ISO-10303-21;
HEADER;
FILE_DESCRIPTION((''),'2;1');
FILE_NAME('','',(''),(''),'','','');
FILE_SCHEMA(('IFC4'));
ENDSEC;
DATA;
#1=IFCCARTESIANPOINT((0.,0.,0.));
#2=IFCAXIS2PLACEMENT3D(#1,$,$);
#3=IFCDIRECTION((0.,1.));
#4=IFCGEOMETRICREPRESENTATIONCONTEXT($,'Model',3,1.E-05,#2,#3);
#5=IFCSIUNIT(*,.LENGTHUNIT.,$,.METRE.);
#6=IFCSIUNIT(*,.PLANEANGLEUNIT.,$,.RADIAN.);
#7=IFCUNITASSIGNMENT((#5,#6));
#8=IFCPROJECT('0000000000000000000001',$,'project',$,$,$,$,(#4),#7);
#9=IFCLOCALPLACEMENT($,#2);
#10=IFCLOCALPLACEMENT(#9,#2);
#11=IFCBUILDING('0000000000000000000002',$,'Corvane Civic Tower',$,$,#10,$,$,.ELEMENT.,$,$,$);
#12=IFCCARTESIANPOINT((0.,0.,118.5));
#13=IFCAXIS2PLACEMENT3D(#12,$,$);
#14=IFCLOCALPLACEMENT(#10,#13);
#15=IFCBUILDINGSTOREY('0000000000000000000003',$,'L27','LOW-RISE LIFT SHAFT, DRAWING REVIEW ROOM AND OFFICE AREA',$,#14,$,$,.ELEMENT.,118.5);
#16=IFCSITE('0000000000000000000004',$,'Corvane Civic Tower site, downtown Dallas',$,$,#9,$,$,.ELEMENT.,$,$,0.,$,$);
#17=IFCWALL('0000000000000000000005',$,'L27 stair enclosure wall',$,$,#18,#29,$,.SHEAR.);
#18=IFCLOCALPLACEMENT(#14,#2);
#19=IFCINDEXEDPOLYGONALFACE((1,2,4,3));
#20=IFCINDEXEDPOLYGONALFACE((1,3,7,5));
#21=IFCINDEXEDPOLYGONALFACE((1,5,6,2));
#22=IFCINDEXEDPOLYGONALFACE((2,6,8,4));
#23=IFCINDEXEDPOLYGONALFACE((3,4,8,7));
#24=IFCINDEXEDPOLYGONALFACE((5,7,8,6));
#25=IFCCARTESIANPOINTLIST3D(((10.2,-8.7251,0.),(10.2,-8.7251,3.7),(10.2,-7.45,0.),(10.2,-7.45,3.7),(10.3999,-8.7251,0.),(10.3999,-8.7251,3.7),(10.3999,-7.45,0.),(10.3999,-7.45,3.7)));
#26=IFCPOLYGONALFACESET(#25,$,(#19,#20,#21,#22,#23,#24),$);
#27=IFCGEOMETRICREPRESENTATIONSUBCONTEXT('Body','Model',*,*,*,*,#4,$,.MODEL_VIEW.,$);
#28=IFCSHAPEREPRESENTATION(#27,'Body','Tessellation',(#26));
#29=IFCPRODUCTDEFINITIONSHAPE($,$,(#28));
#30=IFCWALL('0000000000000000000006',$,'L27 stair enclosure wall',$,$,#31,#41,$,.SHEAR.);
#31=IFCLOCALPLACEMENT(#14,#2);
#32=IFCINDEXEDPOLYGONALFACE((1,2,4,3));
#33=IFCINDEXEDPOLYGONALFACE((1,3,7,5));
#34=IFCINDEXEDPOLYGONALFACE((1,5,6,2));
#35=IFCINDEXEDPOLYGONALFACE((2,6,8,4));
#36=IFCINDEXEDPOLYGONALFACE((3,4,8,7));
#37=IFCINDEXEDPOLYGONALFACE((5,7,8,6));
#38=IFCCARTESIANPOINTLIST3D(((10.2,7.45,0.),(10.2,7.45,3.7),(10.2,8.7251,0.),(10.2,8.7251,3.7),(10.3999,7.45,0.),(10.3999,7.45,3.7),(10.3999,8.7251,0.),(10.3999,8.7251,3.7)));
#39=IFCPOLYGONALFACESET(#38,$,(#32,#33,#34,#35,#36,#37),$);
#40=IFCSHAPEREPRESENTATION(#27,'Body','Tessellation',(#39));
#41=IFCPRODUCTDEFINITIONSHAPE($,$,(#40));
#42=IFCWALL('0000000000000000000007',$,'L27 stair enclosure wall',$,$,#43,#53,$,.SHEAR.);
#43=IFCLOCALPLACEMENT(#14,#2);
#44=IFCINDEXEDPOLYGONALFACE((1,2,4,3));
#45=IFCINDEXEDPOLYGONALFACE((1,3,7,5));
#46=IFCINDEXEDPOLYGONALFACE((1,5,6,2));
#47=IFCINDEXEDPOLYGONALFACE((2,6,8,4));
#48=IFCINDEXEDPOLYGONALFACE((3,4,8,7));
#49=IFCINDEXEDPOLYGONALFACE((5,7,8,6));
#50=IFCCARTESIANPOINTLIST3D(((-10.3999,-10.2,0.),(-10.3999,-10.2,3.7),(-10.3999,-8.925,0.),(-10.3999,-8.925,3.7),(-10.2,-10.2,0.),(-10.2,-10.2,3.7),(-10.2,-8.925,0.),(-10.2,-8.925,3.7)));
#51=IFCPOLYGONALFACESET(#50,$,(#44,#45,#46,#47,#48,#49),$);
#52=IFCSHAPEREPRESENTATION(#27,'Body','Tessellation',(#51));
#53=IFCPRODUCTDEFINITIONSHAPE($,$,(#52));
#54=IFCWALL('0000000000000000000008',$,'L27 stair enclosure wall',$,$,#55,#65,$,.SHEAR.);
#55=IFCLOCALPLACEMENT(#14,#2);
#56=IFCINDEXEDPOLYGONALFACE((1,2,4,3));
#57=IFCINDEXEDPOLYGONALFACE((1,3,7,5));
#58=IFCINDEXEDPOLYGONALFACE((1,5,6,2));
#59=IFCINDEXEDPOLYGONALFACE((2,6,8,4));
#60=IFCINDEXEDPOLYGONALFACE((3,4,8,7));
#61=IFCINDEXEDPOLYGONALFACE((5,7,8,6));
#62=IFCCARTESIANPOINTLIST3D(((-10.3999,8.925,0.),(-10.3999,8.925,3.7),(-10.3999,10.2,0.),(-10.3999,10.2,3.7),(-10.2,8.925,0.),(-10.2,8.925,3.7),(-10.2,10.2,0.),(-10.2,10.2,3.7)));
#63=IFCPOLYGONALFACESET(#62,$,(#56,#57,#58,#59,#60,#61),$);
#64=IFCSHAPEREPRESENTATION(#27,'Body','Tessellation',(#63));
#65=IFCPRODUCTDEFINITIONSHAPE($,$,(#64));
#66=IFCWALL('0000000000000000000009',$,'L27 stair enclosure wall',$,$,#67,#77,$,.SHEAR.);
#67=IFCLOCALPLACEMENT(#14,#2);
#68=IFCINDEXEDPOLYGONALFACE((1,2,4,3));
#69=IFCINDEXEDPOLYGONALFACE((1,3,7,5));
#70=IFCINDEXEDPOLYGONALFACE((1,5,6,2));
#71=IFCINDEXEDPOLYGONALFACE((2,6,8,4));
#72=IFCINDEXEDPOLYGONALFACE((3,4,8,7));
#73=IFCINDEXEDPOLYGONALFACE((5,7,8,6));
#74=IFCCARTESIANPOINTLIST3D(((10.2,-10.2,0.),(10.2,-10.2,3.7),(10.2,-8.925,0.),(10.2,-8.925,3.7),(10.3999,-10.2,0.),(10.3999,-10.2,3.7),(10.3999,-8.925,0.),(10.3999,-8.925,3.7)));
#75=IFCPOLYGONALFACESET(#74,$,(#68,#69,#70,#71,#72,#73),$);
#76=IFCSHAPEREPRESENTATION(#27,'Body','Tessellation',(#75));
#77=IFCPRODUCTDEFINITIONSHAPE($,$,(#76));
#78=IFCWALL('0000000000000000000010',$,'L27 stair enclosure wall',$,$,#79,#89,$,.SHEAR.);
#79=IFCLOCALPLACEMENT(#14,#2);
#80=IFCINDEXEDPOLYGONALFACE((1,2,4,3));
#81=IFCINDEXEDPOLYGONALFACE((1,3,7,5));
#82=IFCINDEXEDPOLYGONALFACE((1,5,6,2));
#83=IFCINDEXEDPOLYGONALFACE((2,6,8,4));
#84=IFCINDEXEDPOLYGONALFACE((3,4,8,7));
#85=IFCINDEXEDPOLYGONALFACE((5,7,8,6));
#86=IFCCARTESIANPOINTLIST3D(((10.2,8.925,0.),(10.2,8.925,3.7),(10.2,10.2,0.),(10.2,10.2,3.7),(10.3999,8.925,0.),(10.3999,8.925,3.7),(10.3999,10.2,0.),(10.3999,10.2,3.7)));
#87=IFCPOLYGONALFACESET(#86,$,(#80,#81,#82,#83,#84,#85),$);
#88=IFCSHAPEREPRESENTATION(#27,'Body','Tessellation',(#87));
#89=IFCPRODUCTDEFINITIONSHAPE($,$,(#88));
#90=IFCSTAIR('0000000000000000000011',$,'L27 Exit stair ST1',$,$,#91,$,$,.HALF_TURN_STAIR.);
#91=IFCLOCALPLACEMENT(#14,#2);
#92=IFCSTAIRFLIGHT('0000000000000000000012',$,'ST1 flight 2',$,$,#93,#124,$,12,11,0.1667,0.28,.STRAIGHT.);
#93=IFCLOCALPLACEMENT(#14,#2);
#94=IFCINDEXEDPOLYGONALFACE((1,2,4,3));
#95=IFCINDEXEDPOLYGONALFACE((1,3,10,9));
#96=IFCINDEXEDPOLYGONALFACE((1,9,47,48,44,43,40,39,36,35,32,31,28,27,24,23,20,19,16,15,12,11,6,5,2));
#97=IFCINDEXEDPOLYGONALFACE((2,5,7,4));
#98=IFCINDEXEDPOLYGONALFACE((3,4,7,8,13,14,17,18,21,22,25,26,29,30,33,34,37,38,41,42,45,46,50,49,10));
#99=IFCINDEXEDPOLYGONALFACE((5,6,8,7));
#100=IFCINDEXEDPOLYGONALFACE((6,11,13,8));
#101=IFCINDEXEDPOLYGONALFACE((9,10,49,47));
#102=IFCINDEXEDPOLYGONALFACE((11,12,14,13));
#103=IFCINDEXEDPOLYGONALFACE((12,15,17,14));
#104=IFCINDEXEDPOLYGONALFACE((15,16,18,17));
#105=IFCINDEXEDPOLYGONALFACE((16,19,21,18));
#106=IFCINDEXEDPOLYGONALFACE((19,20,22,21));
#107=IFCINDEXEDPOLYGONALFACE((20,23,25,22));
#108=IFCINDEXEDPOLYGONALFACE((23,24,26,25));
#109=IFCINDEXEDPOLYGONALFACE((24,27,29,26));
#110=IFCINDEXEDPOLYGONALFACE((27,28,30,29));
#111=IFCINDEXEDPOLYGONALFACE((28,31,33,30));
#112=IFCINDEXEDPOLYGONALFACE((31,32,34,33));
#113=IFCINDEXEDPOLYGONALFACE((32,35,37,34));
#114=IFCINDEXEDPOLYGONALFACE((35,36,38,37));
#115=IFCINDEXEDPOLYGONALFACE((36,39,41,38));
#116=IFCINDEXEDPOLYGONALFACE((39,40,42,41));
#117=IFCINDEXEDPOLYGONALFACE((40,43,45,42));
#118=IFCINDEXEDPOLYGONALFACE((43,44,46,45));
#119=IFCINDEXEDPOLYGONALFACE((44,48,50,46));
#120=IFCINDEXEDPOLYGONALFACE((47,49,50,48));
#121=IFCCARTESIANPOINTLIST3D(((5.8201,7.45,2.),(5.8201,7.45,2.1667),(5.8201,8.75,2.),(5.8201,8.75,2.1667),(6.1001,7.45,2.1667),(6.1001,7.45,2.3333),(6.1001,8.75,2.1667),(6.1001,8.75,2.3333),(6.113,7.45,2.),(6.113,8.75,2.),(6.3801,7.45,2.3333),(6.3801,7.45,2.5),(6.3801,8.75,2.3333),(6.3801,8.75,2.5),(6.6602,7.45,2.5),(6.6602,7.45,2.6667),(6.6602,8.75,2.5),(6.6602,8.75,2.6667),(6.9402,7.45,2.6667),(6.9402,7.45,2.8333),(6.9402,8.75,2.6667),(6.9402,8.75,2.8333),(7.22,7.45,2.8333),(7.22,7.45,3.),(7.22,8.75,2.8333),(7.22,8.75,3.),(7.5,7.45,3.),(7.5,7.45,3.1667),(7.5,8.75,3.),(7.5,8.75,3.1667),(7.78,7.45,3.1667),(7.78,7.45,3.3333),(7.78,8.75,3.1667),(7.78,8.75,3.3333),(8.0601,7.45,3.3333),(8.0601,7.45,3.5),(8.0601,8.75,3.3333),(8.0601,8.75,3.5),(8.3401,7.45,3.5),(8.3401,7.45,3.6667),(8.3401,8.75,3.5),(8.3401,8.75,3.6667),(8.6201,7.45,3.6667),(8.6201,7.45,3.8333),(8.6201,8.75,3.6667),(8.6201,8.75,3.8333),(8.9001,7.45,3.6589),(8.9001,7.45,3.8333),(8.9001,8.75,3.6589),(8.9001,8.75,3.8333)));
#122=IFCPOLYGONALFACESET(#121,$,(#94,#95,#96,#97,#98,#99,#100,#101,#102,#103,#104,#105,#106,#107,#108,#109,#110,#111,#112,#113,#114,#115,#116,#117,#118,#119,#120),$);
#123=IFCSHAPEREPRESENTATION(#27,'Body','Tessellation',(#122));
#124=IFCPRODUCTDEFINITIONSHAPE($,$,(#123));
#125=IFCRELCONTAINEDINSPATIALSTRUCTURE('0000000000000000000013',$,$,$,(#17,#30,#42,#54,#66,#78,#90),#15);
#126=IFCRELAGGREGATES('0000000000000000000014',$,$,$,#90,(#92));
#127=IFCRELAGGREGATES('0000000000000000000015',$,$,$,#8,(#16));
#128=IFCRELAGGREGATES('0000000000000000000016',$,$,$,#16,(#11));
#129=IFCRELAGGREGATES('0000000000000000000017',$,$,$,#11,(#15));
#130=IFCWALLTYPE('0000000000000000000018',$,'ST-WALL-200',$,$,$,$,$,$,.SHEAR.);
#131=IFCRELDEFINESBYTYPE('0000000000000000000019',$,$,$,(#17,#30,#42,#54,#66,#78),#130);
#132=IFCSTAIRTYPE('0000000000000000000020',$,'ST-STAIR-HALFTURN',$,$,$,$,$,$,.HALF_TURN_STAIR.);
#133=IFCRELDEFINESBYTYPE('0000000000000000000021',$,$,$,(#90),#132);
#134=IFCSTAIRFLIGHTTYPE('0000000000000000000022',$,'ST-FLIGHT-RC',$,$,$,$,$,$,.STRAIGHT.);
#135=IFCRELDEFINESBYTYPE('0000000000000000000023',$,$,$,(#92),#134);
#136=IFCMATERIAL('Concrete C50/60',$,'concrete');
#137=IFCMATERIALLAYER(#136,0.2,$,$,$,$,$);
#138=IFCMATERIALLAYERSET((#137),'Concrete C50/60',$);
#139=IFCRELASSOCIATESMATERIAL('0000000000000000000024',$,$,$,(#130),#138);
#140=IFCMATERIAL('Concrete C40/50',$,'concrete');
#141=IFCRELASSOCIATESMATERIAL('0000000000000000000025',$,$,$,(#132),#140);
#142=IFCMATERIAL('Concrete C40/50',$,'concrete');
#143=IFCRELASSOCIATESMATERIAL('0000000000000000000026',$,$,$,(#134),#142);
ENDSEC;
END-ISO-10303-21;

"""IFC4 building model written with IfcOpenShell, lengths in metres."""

from ifc_helpers import new_model, si_unit, direction, frame, origin, place, context, subcontext, project, spatial, polyline, outline, extrude, material, layer, layer_set, type_object, element, aggregate, save


model = new_model("IFC4")

# Units and contexts
model_context = context("Model", 3, precision=1e-05, world=origin(), true_north=direction((0.0, 1.0)))
body_context = subcontext(model_context, "Body", "Model", "MODEL_VIEW")
ifc_project = project(units=[si_unit("LENGTHUNIT", "METRE"), si_unit("PLANEANGLEUNIT", "RADIAN")], contexts=[model_context])

# Site, building, storey
site_placement = place(None, origin())
site = spatial("IfcSite", under=ifc_project, at=site_placement, Name="Corvane Civic Tower site, downtown Dallas", CompositionType="ELEMENT", RefElevation=0.0)
building_placement = place(site_placement, origin())
building = spatial("IfcBuilding", under=site, at=building_placement, Name="Corvane Civic Tower", CompositionType="ELEMENT")
storey_placement = place(building_placement, frame((0.0, 0.0, 118.5)))
storey = spatial("IfcBuildingStorey", under=building, at=storey_placement, Name="L27", Description="LOW-RISE LIFT SHAFT, DRAWING REVIEW ROOM AND OFFICE AREA", CompositionType="ELEMENT", Elevation=118.5)

# Shared definitions
ifc_material_1 = material(Name="Concrete C50/60", Category="concrete")
ifc_layer_1 = layer(ifc_material_1, 0.2)
ifc_layer_set_1 = layer_set([ifc_layer_1], Name="Concrete C50/60")
wall_type_1 = type_object("IfcWallType", Name="ST-WALL-200", PredefinedType="SHEAR", material=ifc_layer_set_1)

# Walls
wall_1_placement = place(storey_placement, origin())
element("IfcWall", 1, at=wall_1_placement, inside=storey, type_object=wall_type_1, Name="L27 stair enclosure wall", PredefinedType="SHEAR", context=body_context, shape_type="SweptSolid", body=[
    extrude(outline(polyline([(10.3999, -7.45), (10.3999, -8.7251), (10.2, -8.7251), (10.2, -7.45), (10.3999, -7.45)])), origin(), (0.0, 0.0, 1.0), 3.7),
])
wall_2_placement = place(storey_placement, origin())
element("IfcWall", 2, at=wall_2_placement, inside=storey, type_object=wall_type_1, Name="L27 stair enclosure wall", PredefinedType="SHEAR", context=body_context, shape_type="SweptSolid", body=[
    extrude(outline(polyline([(10.3999, 8.7251), (10.3999, 7.45), (10.2, 7.45), (10.2, 8.7251), (10.3999, 8.7251)])), origin(), (0.0, 0.0, 1.0), 3.7),
])
wall_3_placement = place(storey_placement, origin())
element("IfcWall", 3, at=wall_3_placement, inside=storey, type_object=wall_type_1, Name="L27 stair enclosure wall", PredefinedType="SHEAR", context=body_context, shape_type="SweptSolid", body=[
    extrude(outline(polyline([(-10.2, -8.925), (-10.2, -10.2), (-10.3999, -10.2), (-10.3999, -8.925), (-10.2, -8.925)])), origin(), (0.0, 0.0, 1.0), 3.7),
])
wall_4_placement = place(storey_placement, origin())
element("IfcWall", 4, at=wall_4_placement, inside=storey, type_object=wall_type_1, Name="L27 stair enclosure wall", PredefinedType="SHEAR", context=body_context, shape_type="SweptSolid", body=[
    extrude(outline(polyline([(-10.2, 8.925), (-10.3999, 8.925), (-10.3999, 10.2), (-10.2, 10.2), (-10.2, 8.925)])), origin(), (0.0, 0.0, 1.0), 3.7),
])
wall_5_placement = place(storey_placement, origin())
element("IfcWall", 5, at=wall_5_placement, inside=storey, type_object=wall_type_1, Name="L27 stair enclosure wall", PredefinedType="SHEAR", context=body_context, shape_type="SweptSolid", body=[
    extrude(outline(polyline([(10.3999, -8.925), (10.3999, -10.2), (10.2, -10.2), (10.2, -8.925), (10.3999, -8.925)])), origin(), (0.0, 0.0, 1.0), 3.7),
])
wall_6_placement = place(storey_placement, origin())
element("IfcWall", 6, at=wall_6_placement, inside=storey, type_object=wall_type_1, Name="L27 stair enclosure wall", PredefinedType="SHEAR", context=body_context, shape_type="SweptSolid", body=[
    extrude(outline(polyline([(10.3999, 8.925), (10.2, 8.925), (10.2, 10.2), (10.3999, 10.2), (10.3999, 8.925)])), origin(), (0.0, 0.0, 1.0), 3.7),
])

# Stair, stair flight
ifc_material_2 = material(Name="Concrete C40/50", Category="concrete")
stair_type = type_object("IfcStairType", Name="ST-STAIR-HALFTURN", PredefinedType="HALF_TURN_STAIR", material=ifc_material_2)
stair_placement = place(storey_placement, origin())
stair = element("IfcStair", 7, at=stair_placement, inside=storey, type_object=stair_type, Name="L27 Exit stair ST1", PredefinedType="HALF_TURN_STAIR")
ifc_material_3 = material(Name="Concrete C40/50", Category="concrete")
stair_flight_type = type_object("IfcStairFlightType", Name="ST-FLIGHT-RC", PredefinedType="STRAIGHT", material=ifc_material_3)
stair_flight_placement = place(storey_placement, frame((5.8201, 8.1001, 2.0), z_axis=(0.0, 0.0, 1.0), x_axis=(1.0, 0.0, 0.0)))
stair_flight = element("IfcStairFlight", 8, at=stair_flight_placement, type_object=stair_flight_type, Name="ST1 flight 2", NumberOfRisers=12, NumberOfTreads=11, PredefinedType="STRAIGHT", RiserHeight=0.1667, TreadLength=0.28, context=body_context, shape_type="SweptSolid", body=[
    extrude(outline(polyline([(0.0, 0.0), (0.0, 0.1667), (0.28, 0.1667), (0.28, 0.3333), (0.5601, 0.3333), (0.5601, 0.5), (0.8401, 0.5), (0.8401, 0.6667), (1.1201, 0.6667), (1.1201, 0.8333), (1.3999, 0.8333), (1.3999, 1.0), (1.6799, 1.0), (1.6799, 1.1667), (1.96, 1.1667), (1.96, 1.3333), (2.24, 1.3333), (2.24, 1.5), (2.52, 1.5), (2.52, 1.6667), (2.8, 1.6667), (2.8, 1.8333), (3.0801, 1.8333), (3.0801, 2.0), (3.0801, 1.6589), (0.293, 0.0), (0.0, 0.0)])), frame((0.0, 0.6499, 0.0), z_axis=(0.0, -1.0, 0.0), x_axis=(1.0, 0.0, 0.0)), (0.0, 0.0, 1.0), 1.3),
])
aggregate(stair, [stair_flight])

save(model, "model.ifc")
